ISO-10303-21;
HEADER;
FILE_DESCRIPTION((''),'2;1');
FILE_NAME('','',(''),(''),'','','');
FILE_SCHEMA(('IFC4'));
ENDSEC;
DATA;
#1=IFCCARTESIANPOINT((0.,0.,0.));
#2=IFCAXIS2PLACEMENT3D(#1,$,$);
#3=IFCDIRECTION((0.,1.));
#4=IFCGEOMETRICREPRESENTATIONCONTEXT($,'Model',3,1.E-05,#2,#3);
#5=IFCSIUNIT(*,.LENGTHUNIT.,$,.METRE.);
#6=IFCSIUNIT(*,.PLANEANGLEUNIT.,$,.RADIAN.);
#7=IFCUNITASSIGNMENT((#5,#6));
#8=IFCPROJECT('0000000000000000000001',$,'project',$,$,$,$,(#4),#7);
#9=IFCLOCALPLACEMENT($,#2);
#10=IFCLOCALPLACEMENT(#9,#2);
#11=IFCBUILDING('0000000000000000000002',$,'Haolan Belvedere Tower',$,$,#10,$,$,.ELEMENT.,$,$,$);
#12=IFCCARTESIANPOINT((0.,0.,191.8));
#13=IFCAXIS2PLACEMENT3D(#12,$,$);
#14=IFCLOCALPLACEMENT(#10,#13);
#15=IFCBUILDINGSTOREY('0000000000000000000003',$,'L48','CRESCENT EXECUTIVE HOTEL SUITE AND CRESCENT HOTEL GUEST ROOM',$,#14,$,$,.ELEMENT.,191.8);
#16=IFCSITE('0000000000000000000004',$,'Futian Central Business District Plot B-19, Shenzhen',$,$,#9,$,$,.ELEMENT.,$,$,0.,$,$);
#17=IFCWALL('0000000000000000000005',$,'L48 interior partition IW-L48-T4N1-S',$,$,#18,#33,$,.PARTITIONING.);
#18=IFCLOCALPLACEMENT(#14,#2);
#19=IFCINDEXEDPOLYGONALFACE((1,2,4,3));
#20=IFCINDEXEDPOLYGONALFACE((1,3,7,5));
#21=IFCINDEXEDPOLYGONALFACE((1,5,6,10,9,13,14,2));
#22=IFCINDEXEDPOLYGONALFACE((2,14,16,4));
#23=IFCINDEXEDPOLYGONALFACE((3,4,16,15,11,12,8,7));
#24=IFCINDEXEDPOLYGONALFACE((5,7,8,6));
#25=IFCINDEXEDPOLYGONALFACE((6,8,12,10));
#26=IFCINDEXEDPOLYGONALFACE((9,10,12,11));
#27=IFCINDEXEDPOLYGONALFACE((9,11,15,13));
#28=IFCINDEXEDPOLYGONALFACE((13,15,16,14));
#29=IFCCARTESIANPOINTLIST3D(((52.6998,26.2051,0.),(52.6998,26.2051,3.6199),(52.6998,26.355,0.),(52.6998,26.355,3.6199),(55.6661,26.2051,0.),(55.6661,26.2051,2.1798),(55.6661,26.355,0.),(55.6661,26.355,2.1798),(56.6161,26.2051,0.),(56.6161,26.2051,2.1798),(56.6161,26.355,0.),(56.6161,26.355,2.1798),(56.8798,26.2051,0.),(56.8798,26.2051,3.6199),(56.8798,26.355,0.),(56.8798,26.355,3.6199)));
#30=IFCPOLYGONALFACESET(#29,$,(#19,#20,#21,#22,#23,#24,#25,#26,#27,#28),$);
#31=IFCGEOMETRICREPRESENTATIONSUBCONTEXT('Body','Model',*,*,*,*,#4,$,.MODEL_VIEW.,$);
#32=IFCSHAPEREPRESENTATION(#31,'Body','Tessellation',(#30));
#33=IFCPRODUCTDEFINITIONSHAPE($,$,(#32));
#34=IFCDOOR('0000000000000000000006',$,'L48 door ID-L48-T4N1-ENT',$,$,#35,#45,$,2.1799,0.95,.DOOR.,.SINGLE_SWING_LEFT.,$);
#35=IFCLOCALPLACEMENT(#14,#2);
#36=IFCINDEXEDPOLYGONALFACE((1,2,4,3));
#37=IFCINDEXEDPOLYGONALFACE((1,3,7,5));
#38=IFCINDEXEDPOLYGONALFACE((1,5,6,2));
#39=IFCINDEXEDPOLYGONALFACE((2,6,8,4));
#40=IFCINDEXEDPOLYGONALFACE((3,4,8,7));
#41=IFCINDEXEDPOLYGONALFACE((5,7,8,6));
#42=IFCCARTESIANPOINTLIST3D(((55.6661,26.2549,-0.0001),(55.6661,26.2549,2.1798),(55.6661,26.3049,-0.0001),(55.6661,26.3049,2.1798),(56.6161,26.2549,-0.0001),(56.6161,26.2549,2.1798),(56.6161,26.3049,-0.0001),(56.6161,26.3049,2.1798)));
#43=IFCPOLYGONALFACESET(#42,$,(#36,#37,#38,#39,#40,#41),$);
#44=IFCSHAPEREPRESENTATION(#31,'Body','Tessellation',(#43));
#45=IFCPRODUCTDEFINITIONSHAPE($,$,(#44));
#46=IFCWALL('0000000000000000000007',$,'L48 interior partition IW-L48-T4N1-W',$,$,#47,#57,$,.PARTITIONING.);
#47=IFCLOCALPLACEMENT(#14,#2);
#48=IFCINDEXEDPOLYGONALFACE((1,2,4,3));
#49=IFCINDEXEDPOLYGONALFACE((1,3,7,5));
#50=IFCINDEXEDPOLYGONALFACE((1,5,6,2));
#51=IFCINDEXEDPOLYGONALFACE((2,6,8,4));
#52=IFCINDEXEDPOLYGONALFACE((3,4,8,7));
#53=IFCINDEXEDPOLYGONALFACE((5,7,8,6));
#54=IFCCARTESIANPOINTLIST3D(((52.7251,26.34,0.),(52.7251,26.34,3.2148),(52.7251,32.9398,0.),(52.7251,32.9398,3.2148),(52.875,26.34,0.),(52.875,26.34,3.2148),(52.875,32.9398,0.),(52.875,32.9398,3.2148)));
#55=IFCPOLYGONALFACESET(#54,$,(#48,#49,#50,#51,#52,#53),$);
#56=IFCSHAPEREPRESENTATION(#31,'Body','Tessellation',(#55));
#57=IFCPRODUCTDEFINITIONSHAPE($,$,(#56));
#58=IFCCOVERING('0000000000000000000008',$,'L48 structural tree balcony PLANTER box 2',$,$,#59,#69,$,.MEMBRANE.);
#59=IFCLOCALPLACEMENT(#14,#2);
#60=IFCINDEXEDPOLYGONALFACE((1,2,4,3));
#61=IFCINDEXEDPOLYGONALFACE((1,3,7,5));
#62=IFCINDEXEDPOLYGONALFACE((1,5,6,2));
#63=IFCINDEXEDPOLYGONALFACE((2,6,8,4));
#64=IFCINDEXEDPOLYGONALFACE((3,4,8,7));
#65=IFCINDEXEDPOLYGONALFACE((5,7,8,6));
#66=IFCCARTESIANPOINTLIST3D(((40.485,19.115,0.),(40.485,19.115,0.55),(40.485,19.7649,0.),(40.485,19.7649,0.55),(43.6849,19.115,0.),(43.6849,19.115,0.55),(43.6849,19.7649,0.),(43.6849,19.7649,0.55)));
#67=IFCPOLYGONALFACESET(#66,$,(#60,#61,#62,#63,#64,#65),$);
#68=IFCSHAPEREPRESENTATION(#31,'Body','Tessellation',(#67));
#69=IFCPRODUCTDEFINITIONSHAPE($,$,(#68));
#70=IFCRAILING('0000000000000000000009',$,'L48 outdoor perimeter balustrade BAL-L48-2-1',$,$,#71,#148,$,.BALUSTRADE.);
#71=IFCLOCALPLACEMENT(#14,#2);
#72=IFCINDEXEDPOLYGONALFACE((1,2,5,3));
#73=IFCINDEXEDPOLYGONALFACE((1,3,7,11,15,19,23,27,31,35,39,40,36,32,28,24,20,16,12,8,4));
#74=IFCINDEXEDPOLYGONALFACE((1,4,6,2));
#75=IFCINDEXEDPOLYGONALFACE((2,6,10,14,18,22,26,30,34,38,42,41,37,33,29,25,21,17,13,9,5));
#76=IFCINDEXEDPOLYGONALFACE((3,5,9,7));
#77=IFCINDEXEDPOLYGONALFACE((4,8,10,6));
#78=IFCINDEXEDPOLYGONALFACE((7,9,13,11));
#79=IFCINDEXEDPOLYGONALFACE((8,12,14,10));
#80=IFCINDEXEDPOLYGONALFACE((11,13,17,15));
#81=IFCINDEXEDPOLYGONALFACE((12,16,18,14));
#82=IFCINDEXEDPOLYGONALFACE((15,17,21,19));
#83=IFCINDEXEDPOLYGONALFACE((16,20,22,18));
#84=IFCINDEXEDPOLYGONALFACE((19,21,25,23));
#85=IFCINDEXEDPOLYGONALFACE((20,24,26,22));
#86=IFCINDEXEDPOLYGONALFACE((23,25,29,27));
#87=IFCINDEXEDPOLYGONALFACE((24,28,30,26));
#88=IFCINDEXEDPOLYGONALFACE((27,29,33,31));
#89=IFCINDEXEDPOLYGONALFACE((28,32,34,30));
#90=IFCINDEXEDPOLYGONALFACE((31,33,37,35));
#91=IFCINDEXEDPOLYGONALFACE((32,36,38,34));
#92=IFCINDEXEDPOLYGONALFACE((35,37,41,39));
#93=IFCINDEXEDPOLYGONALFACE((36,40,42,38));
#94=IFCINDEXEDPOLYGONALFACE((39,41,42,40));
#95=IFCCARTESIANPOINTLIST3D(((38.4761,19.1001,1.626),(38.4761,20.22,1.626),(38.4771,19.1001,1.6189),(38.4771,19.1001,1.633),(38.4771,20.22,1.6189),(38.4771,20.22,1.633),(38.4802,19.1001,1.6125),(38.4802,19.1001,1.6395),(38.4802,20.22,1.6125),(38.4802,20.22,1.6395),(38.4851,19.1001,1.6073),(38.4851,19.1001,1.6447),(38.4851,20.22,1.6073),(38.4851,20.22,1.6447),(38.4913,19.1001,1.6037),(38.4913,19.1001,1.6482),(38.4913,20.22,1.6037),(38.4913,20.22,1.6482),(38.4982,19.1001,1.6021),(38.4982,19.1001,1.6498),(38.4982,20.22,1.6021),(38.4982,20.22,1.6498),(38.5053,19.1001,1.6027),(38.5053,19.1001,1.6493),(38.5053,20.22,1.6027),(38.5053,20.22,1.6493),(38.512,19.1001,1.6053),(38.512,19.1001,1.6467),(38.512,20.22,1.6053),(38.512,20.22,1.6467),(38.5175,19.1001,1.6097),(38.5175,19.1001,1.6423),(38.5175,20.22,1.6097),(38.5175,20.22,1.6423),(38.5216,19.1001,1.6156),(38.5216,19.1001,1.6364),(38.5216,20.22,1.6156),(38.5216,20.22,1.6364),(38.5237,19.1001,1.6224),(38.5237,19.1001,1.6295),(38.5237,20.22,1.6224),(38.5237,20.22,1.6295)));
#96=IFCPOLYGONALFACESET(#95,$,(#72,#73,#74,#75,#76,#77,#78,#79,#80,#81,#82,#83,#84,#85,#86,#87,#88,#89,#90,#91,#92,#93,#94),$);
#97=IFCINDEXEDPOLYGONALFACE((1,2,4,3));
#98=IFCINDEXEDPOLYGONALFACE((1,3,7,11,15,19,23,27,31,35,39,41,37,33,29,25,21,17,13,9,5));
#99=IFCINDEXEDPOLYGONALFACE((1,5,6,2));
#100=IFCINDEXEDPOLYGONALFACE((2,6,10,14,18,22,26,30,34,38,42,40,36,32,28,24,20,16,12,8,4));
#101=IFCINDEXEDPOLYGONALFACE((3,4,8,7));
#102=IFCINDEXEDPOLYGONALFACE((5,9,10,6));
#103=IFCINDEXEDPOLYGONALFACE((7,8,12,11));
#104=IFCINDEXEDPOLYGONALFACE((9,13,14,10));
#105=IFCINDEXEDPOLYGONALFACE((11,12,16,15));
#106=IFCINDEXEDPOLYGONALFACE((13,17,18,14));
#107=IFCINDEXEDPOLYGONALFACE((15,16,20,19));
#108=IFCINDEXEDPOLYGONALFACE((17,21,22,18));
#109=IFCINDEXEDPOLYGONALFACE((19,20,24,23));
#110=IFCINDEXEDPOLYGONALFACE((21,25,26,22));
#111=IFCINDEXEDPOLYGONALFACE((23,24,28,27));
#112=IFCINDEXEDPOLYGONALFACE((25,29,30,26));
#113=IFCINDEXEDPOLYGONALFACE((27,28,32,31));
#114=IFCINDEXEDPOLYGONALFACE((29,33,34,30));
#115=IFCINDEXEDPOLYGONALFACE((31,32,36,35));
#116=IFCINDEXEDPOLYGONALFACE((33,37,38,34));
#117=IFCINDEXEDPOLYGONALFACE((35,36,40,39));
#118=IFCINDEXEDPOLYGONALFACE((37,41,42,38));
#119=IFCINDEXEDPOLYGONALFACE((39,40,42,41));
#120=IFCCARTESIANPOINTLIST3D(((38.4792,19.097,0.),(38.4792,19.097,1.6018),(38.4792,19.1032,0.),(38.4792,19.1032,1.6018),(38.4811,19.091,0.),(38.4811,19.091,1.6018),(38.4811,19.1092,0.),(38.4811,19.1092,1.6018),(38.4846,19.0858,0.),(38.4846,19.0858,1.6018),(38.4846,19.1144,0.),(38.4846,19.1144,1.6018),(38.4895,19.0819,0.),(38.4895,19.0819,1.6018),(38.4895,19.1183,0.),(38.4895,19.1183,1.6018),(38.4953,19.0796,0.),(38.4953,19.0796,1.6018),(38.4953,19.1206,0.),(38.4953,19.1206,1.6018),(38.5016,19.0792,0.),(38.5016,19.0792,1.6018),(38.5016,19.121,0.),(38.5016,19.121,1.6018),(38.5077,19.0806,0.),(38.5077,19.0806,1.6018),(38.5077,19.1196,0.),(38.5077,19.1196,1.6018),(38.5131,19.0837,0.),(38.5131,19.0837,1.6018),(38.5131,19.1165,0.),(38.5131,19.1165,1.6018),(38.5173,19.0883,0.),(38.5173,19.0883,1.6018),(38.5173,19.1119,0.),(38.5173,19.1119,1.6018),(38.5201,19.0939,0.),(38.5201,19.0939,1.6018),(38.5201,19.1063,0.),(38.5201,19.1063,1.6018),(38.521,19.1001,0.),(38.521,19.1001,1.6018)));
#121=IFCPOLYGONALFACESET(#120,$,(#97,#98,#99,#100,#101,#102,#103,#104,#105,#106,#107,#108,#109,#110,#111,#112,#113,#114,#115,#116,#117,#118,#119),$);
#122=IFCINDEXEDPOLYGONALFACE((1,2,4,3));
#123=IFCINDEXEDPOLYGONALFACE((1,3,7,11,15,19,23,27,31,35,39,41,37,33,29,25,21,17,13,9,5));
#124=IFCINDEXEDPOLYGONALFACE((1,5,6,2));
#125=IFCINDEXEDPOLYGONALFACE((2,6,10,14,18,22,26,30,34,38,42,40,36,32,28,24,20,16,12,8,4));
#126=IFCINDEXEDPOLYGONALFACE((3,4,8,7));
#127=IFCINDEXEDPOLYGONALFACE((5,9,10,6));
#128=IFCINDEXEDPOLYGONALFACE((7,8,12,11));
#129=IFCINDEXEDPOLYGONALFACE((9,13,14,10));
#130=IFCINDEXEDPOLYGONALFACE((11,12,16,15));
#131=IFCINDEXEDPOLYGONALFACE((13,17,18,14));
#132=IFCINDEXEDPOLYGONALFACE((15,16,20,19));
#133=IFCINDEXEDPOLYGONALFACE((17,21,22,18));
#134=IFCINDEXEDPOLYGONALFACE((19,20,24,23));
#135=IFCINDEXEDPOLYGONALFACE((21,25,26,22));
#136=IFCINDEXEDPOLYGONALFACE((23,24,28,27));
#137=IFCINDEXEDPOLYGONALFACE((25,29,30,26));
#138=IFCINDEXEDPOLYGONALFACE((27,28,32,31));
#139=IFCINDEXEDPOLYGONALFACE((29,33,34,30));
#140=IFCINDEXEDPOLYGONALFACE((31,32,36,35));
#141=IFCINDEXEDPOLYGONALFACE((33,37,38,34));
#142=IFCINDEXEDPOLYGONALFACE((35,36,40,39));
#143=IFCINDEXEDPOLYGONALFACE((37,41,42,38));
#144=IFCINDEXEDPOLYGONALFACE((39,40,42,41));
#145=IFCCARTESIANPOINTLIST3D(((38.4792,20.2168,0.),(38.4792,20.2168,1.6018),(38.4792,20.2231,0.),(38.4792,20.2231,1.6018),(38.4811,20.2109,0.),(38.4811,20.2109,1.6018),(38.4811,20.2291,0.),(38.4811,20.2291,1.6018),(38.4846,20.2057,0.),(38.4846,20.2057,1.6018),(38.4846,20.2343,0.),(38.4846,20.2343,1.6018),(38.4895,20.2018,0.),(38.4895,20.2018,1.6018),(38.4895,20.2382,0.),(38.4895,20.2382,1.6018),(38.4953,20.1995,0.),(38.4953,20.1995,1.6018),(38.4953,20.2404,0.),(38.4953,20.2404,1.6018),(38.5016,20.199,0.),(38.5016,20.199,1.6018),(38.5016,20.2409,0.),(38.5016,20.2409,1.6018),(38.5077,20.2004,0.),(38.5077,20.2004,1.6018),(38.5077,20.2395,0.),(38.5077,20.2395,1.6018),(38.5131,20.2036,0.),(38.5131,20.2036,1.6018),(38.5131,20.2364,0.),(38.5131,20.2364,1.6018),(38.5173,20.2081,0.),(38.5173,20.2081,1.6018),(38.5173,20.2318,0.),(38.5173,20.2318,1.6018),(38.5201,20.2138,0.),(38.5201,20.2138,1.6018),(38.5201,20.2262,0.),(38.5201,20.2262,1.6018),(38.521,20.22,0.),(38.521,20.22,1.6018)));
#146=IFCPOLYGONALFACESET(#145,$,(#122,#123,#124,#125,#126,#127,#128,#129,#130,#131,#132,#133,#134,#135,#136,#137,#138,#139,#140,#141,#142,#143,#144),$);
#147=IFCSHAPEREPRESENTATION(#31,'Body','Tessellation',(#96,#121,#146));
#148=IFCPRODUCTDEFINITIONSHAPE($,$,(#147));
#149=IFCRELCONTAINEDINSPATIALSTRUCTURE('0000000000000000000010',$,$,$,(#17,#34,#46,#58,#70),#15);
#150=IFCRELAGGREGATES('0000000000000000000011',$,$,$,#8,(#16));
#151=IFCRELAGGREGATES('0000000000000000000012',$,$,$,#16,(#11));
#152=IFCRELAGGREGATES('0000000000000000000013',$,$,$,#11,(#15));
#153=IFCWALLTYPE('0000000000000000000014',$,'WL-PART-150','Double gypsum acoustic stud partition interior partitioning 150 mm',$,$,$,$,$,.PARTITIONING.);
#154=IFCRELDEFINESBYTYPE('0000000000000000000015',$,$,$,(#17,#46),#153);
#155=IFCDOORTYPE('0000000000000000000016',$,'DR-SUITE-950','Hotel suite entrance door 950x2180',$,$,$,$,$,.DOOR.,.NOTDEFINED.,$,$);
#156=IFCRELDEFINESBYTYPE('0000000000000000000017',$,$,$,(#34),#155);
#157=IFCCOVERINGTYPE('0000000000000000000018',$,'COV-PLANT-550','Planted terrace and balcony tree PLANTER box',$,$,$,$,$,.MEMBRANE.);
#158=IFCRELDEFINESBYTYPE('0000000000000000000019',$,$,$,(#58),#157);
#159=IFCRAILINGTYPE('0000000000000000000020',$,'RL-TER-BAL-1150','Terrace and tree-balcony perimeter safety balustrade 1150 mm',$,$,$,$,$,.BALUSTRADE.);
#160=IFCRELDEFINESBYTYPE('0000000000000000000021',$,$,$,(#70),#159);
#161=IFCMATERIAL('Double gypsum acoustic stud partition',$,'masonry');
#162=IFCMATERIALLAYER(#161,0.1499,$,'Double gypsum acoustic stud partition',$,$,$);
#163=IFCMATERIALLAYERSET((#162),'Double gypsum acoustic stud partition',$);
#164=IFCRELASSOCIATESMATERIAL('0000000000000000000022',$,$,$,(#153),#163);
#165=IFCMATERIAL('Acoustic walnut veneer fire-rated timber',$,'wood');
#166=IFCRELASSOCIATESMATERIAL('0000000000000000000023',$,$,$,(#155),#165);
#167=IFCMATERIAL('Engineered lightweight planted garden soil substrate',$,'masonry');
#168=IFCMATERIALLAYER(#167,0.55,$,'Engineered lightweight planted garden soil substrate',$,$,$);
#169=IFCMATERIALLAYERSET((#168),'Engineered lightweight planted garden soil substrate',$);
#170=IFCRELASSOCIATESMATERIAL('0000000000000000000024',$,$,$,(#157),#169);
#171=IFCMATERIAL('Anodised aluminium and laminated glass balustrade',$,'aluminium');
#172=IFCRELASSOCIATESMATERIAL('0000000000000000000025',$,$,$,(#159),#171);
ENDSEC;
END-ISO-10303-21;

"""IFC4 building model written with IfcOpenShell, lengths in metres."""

from ifc_helpers import new_model, si_unit, direction, frame, frame_2d, origin, origin_2d, place, context, subcontext, project, spatial, rectangle, circle, extrude, material, layer, layer_set, type_object, element, fill, save


model = new_model("IFC4")

# Units and contexts
model_context = context("Model", 3, precision=1e-05, world=origin(), true_north=direction((0.0, 1.0)))
body_context = subcontext(model_context, "Body", "Model", "MODEL_VIEW")
ifc_project = project(units=[si_unit("LENGTHUNIT", "METRE"), si_unit("PLANEANGLEUNIT", "RADIAN")], contexts=[model_context])

# Site, building, storey
site_placement = place(None, origin())
site = spatial("IfcSite", under=ifc_project, at=site_placement, Name="Futian Central Business District Plot B-19, Shenzhen", CompositionType="ELEMENT", RefElevation=0.0)
building_placement = place(site_placement, origin())
building = spatial("IfcBuilding", under=site, at=building_placement, Name="Haolan Belvedere Tower", CompositionType="ELEMENT")
storey_placement = place(building_placement, frame((0.0, 0.0, 191.8)))
storey = spatial("IfcBuildingStorey", under=building, at=storey_placement, Name="L48", Description="CRESCENT EXECUTIVE HOTEL SUITE AND CRESCENT HOTEL GUEST ROOM", CompositionType="ELEMENT", Elevation=191.8)

# Shared definitions
ifc_material_1 = material(Name="Double gypsum acoustic stud partition", Category="masonry")
ifc_layer_1 = layer(ifc_material_1, 0.1499, Name="Double gypsum acoustic stud partition")
ifc_layer_set_1 = layer_set([ifc_layer_1], Name="Double gypsum acoustic stud partition")
wall_type_1 = type_object("IfcWallType", Name="WL-PART-150", Description="Double gypsum acoustic stud partition interior partitioning 150 mm", PredefinedType="PARTITIONING", material=ifc_layer_set_1)

# Wall, opening, door
wall_1_placement = place(storey_placement, frame((52.7, 26.28, 0.0), z_axis=(0.0, 0.0, 1.0), x_axis=(1.0, 0.0, 0.0)))
wall_1 = element("IfcWall", 1, at=wall_1_placement, inside=storey, type_object=wall_type_1, Name="L48 interior partition IW-L48-T4N1-S", PredefinedType="PARTITIONING", context=body_context, shape_type="SweptSolid", body=[
    extrude(rectangle(XDim=4.1799, YDim=0.1499, at=frame_2d((2.0898, 0.0))), origin(), (0.0, 0.0, 1.0), 3.6199),
])
opening_1_placement = place(wall_1_placement, frame((2.9661, 0.0, 0.0)))
opening_1 = element("IfcOpeningElement", 2, at=opening_1_placement, cuts=wall_1, PredefinedType="OPENING", context=body_context, shape_type="SweptSolid", body=[
    extrude(rectangle(XDim=0.95, YDim=2.1799, at=frame_2d((0.4751, 1.0898))), frame((0.0, 0.085, 0.0), z_axis=(0.0, -1.0, 0.0), x_axis=(1.0, 0.0, 0.0)), (0.0, 0.0, 1.0), 0.1699),
])
ifc_material_2 = material(Name="Acoustic walnut veneer fire-rated timber", Category="wood")
door_type_1 = type_object("IfcDoorType", Name="DR-SUITE-950", Description="Hotel suite entrance door 950x2180", OperationType="NOTDEFINED", PredefinedType="DOOR", material=ifc_material_2)
door_1_placement = place(opening_1_placement, origin())
door_1 = element("IfcDoor", 3, at=door_1_placement, inside=storey, type_object=door_type_1, Name="L48 door ID-L48-T4N1-ENT", OperationType="SINGLE_SWING_LEFT", OverallHeight=2.1799, OverallWidth=0.95, PredefinedType="DOOR", context=body_context, shape_type="SweptSolid", body=[
    extrude(rectangle(XDim=0.95, YDim=2.1799, at=frame_2d((0.4751, 1.0898))), frame((0.0, 0.0249, 0.0), z_axis=(0.0, -1.0, 0.0), x_axis=(1.0, 0.0, 0.0)), (0.0, 0.0, 1.0), 0.05),
])
fill(opening_1, door_1)

# Wall
wall_2_placement = place(storey_placement, frame((52.8, 26.3401, 0.0), z_axis=(0.0, 0.0, 1.0), x_axis=(0.0, 1.0, 0.0)))
element("IfcWall", 4, at=wall_2_placement, inside=storey, type_object=wall_type_1, Name="L48 interior partition IW-L48-T4N1-W", PredefinedType="PARTITIONING", context=body_context, shape_type="SweptSolid", body=[
    extrude(rectangle(XDim=6.5999, YDim=0.1499, at=frame_2d((3.2998, 0.0))), origin(), (0.0, 0.0, 1.0), 3.2148),
])

# Covering
ifc_material_3 = material(Name="Engineered lightweight planted garden soil substrate", Category="masonry")
ifc_layer_2 = layer(ifc_material_3, 0.55, Name="Engineered lightweight planted garden soil substrate")
ifc_layer_set_2 = layer_set([ifc_layer_2], Name="Engineered lightweight planted garden soil substrate")
covering_type = type_object("IfcCoveringType", Name="COV-PLANT-550", Description="Planted terrace and balcony tree PLANTER box", PredefinedType="MEMBRANE", material=ifc_layer_set_2)
covering_placement = place(storey_placement, frame((42.085, 19.4399, 0.0), z_axis=(0.0, 0.0, 1.0), x_axis=(1.0, 0.0, 0.0)))
element("IfcCovering", 5, at=covering_placement, inside=storey, type_object=covering_type, Name="L48 structural tree balcony PLANTER box 2", PredefinedType="MEMBRANE", context=body_context, shape_type="SweptSolid", body=[
    extrude(rectangle(XDim=3.2, YDim=0.6499, at=origin_2d()), origin(), (0.0, 0.0, 1.0), 0.55),
])

# Railing
ifc_material_4 = material(Name="Anodised aluminium and laminated glass balustrade", Category="aluminium")
railing_type = type_object("IfcRailingType", Name="RL-TER-BAL-1150", Description="Terrace and tree-balcony perimeter safety balustrade 1150 mm", PredefinedType="BALUSTRADE", material=ifc_material_4)
railing_1_placement = place(storey_placement, frame((38.5, 19.1001, 0.0)))
element("IfcRailing", 6, at=railing_1_placement, inside=storey, type_object=railing_type, Name="L48 outdoor perimeter balustrade BAL-L48-2-1", PredefinedType="BALUSTRADE", context=body_context, shape_type="SweptSolid", body=[
    extrude(circle(Radius=0.0239, at=origin_2d()), frame((0.0, 0.0, 1.626), z_axis=(0.0, 1.0, 0.0), x_axis=(-1.0, 0.0, 0.0)), (0.0, 0.0, 1.0), 1.1199),
    extrude(circle(Radius=0.021, at=origin_2d()), origin(), (0.0, 0.0, 1.0), 1.6018),
    extrude(circle(Radius=0.021, at=origin_2d()), frame((0.0, 1.1199, 0.0)), (0.0, 0.0, 1.0), 1.6018),
])

save(model, "model.ifc")
